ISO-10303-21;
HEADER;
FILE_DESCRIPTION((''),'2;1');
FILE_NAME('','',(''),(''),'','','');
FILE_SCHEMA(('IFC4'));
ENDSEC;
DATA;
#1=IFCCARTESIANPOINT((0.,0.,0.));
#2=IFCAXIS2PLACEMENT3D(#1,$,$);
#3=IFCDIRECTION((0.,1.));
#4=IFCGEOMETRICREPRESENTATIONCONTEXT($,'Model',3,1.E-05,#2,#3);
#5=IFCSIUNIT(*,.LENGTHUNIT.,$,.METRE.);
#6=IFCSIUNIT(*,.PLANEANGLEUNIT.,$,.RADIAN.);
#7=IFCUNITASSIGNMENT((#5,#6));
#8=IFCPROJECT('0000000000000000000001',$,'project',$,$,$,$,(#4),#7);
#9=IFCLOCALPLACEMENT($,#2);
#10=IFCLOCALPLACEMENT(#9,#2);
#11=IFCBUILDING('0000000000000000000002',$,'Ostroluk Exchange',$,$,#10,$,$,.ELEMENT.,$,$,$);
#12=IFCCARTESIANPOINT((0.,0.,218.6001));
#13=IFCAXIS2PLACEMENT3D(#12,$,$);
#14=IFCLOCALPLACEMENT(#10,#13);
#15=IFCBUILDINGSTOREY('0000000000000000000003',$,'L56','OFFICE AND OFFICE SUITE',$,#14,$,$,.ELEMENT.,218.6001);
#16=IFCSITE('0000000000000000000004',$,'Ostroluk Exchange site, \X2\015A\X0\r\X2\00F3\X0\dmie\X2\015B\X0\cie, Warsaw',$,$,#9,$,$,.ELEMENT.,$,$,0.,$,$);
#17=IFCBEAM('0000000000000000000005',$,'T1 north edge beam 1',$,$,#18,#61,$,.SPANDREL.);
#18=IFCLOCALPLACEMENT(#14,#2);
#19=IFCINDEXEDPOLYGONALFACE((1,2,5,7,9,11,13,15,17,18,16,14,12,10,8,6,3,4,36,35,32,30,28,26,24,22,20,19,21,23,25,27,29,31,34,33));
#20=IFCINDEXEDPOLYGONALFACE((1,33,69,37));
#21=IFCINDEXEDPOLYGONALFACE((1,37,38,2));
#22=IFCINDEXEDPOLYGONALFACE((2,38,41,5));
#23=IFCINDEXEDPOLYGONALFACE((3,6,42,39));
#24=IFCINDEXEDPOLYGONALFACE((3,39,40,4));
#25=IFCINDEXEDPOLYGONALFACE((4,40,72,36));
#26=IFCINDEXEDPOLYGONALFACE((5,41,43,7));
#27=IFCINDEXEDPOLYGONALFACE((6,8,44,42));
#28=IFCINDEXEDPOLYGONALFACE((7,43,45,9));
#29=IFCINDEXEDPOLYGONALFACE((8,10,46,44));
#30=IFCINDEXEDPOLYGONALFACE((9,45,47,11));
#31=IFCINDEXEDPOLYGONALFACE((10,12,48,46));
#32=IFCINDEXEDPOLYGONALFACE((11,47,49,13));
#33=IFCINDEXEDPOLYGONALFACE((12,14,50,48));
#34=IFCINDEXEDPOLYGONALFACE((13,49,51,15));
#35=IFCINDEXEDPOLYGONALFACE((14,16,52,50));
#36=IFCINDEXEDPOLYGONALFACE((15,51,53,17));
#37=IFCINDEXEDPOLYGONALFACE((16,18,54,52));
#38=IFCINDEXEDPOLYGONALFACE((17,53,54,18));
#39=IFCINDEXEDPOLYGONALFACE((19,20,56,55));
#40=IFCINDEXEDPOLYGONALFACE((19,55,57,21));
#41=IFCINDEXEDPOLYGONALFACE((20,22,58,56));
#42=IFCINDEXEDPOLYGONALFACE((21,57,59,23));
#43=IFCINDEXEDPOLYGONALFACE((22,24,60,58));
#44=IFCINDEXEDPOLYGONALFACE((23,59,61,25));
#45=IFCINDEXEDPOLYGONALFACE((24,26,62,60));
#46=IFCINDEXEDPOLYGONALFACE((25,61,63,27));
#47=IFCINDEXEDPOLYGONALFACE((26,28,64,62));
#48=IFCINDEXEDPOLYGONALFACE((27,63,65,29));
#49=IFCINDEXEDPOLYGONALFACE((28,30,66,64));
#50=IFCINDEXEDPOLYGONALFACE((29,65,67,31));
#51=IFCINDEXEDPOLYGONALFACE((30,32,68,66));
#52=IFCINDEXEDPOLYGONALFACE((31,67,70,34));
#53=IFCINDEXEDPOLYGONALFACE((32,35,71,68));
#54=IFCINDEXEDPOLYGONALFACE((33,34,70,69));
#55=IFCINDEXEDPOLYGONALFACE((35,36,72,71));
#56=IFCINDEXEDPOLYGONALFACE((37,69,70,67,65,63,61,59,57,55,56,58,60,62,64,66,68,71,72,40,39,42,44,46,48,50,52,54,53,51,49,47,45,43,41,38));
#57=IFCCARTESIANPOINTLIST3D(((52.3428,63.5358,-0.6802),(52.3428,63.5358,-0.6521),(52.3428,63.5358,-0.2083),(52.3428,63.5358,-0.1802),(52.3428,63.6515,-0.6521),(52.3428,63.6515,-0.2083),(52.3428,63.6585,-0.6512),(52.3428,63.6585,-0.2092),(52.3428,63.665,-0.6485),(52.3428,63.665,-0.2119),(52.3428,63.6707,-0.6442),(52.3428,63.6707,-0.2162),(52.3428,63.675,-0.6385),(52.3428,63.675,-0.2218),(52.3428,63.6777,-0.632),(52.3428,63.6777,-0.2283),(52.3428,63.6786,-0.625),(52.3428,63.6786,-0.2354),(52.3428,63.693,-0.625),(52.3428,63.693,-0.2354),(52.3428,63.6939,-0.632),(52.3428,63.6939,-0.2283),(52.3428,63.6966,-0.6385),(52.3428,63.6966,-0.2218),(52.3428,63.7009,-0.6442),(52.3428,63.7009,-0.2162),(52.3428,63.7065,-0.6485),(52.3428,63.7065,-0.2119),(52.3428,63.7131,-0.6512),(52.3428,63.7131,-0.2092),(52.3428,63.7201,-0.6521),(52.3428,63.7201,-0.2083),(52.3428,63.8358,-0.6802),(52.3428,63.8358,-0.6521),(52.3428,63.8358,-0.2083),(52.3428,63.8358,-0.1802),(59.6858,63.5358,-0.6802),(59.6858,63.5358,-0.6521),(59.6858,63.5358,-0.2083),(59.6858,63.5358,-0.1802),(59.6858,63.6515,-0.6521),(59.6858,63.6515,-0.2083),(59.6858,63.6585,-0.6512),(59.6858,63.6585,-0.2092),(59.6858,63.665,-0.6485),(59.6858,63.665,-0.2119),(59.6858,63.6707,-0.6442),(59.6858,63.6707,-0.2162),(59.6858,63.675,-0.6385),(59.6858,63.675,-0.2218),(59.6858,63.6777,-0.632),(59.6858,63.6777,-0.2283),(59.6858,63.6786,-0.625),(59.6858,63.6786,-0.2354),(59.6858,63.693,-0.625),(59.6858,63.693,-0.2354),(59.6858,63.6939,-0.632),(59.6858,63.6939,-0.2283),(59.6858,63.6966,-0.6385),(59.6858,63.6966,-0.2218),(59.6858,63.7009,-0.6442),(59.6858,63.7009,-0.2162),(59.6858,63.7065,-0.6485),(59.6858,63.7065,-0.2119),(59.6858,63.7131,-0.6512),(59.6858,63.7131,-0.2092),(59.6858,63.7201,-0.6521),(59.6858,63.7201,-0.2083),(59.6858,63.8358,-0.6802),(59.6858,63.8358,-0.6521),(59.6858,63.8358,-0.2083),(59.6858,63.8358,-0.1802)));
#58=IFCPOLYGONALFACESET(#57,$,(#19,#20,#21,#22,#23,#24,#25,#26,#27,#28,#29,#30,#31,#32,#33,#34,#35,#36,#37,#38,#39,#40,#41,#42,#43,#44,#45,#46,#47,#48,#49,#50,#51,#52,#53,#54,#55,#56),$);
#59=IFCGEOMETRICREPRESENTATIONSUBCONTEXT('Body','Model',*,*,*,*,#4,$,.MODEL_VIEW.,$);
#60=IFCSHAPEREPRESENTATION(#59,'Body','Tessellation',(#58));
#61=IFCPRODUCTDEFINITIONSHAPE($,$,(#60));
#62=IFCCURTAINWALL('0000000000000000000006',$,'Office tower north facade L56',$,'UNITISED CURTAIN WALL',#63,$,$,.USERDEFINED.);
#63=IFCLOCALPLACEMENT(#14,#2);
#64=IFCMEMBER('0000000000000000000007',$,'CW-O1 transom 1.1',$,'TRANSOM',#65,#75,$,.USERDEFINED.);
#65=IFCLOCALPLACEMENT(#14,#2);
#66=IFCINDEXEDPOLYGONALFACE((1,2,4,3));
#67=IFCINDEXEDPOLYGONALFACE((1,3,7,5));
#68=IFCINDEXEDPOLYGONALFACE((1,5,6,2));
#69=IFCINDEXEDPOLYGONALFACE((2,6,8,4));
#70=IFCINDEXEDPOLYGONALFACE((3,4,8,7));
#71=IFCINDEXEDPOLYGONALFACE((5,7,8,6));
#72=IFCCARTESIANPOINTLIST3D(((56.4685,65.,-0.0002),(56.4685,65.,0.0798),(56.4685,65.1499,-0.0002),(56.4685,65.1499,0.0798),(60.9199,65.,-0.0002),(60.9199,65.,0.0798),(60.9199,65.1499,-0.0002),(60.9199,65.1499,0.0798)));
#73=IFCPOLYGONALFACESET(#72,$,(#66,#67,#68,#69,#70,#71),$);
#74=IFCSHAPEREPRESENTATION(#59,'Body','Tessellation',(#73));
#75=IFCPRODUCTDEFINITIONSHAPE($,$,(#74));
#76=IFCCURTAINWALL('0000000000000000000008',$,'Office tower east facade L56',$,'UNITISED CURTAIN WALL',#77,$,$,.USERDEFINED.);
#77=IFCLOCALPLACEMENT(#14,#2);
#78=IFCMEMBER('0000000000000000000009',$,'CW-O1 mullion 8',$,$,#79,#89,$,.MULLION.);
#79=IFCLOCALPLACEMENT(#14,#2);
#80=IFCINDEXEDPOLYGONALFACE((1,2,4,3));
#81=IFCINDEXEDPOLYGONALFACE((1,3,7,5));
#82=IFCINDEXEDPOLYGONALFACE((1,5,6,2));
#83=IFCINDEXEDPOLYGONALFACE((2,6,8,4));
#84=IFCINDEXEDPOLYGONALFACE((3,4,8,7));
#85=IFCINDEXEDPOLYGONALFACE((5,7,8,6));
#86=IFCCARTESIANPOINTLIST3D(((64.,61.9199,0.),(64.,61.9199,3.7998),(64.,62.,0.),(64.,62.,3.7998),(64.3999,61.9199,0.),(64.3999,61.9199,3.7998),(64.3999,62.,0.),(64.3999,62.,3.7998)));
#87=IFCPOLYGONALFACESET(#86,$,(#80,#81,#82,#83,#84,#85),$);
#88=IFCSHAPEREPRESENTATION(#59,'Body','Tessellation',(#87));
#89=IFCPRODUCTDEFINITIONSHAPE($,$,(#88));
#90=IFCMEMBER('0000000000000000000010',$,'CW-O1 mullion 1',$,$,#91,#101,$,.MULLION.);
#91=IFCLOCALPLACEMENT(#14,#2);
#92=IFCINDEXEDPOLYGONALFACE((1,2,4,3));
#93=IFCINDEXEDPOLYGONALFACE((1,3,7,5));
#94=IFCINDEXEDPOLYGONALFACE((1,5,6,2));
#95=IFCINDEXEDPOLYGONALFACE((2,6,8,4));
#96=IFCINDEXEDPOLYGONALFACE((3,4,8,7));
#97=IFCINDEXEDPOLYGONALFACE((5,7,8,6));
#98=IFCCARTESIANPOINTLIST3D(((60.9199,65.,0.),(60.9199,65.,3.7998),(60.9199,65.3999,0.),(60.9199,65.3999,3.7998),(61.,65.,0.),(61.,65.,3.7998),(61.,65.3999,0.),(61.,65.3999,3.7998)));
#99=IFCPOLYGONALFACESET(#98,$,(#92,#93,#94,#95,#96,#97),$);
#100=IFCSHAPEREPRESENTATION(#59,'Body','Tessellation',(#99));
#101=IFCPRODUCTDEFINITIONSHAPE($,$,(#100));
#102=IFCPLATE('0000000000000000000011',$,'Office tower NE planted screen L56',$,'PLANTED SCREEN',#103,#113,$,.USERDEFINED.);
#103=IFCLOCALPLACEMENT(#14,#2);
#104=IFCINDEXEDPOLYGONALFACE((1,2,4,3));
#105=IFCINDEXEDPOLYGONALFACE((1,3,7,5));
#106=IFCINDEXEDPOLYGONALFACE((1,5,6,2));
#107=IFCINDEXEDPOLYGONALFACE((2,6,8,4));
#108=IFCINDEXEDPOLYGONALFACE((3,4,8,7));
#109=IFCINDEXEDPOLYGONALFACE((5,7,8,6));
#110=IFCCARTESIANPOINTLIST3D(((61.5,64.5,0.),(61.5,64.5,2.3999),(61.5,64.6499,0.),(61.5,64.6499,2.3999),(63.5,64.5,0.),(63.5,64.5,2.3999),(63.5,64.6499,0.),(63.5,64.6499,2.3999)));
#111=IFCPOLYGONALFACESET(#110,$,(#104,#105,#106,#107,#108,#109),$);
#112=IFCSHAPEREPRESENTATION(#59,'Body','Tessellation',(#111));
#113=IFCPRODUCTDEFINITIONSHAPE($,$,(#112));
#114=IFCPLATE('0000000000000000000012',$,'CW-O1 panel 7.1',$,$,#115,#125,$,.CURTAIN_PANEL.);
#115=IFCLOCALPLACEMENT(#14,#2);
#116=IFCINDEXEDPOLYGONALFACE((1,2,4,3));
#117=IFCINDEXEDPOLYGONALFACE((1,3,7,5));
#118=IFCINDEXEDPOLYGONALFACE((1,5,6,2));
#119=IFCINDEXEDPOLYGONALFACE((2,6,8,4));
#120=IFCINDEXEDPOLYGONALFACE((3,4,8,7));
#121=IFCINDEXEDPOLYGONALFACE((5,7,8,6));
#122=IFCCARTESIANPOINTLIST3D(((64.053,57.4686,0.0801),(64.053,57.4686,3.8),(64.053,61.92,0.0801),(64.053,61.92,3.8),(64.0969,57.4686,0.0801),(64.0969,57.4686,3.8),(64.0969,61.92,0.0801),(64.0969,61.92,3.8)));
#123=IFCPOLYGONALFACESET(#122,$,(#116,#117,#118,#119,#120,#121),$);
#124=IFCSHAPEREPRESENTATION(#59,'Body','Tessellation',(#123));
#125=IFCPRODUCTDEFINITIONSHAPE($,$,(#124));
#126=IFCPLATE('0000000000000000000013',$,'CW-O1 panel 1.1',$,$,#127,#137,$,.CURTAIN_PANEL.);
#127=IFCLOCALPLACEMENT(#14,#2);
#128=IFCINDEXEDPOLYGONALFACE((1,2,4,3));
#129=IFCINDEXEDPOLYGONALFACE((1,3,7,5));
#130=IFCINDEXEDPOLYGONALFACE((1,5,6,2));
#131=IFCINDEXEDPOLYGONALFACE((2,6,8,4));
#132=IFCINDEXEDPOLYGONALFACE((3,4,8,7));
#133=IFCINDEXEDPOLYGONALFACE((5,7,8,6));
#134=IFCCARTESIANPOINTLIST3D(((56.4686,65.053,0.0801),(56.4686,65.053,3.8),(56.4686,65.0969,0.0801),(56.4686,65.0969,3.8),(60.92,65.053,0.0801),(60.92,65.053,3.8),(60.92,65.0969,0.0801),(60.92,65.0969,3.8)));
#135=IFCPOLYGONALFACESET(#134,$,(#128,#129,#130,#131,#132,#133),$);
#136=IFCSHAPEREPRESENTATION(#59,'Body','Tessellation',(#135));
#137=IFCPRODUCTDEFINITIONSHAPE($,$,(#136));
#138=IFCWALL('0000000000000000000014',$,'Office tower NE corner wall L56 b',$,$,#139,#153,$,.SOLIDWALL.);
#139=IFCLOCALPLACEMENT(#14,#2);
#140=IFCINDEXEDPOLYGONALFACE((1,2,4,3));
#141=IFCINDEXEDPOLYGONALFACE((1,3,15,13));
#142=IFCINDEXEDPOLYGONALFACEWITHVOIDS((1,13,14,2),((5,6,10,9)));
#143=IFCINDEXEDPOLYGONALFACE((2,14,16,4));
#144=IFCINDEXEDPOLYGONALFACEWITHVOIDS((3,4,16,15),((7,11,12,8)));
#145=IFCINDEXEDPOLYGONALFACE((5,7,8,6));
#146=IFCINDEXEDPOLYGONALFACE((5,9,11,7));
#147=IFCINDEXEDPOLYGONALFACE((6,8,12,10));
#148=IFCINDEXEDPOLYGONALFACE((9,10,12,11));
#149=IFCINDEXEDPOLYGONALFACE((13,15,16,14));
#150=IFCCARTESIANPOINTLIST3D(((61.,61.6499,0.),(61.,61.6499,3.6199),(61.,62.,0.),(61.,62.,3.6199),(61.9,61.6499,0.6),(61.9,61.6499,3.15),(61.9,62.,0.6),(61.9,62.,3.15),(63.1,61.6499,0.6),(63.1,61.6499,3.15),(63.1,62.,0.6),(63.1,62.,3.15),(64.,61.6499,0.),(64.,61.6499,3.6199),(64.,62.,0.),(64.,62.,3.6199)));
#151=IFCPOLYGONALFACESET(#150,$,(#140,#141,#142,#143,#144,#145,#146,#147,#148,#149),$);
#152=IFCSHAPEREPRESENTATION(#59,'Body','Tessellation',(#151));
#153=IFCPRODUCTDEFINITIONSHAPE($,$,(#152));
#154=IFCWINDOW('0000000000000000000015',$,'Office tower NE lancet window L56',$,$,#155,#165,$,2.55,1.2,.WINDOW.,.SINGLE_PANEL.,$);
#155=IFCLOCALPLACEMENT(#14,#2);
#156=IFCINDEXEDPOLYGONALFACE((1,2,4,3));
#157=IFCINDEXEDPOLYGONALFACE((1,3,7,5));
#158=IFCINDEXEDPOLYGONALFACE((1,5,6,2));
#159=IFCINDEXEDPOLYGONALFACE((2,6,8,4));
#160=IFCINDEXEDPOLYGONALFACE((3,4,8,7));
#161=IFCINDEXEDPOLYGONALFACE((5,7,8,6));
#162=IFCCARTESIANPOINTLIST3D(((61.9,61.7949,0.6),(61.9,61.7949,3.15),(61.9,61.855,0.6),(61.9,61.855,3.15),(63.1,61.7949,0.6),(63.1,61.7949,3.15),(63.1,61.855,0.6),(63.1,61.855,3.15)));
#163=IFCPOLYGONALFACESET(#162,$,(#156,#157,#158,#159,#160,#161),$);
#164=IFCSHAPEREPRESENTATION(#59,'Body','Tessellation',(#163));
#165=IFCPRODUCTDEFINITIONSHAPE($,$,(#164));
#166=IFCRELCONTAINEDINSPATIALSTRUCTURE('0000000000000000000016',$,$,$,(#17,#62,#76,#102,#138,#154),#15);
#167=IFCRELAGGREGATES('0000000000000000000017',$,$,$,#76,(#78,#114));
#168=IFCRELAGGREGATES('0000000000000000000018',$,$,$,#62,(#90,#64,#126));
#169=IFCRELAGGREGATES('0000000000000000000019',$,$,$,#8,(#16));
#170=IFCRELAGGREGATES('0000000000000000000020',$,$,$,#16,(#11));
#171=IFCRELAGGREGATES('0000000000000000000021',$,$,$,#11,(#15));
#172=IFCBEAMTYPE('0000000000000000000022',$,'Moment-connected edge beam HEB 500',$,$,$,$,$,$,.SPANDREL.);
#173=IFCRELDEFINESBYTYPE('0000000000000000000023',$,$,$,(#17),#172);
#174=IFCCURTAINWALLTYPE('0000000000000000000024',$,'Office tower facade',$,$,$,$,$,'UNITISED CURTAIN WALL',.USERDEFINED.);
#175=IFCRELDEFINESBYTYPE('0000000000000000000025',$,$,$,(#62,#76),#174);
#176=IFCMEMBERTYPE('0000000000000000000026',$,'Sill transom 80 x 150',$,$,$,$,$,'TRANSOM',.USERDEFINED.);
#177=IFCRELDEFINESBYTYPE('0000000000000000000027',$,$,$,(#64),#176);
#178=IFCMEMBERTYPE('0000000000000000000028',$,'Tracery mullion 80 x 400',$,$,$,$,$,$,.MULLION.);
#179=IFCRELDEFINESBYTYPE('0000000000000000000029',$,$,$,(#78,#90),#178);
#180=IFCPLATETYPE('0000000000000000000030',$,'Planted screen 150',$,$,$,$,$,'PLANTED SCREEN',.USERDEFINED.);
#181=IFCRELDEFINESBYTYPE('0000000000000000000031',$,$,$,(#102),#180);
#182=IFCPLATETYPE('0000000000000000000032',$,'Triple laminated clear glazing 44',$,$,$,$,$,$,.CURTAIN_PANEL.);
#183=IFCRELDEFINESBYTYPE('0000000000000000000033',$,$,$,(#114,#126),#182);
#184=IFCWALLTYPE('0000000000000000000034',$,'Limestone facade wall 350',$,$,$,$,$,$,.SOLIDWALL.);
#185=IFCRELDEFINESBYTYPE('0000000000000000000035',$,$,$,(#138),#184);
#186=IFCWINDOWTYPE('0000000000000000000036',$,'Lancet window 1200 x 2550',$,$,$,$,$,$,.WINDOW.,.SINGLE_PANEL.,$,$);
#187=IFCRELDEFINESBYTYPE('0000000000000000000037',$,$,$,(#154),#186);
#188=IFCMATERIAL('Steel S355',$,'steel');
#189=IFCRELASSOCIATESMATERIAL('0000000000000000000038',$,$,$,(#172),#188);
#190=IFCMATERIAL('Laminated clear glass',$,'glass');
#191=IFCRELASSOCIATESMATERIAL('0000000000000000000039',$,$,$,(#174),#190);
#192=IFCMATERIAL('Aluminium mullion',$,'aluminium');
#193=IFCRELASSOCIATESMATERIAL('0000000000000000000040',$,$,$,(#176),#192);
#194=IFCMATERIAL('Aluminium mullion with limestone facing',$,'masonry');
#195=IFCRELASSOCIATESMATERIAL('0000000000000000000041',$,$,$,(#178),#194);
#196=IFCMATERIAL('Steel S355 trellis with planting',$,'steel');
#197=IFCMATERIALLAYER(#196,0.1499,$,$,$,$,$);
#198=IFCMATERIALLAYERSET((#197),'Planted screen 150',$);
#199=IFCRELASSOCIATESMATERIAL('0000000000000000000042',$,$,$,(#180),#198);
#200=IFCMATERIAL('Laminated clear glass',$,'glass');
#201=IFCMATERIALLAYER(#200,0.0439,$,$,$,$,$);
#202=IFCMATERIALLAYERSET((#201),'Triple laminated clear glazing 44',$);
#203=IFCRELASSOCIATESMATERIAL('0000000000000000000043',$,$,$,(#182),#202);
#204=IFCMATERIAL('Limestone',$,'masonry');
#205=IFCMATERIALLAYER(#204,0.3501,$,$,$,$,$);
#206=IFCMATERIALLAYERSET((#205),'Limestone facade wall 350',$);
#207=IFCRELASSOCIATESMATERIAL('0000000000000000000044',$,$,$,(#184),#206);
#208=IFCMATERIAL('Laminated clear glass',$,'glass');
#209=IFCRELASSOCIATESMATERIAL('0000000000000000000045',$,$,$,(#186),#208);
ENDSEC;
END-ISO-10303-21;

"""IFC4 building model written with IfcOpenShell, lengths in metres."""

from ifc_helpers import new_model, si_unit, direction, frame, frame_2d, origin, origin_2d, place, context, subcontext, project, spatial, rectangle, i_section, extrude, material, layer, layer_set, material_profile, profile_set, type_object, element, fill, aggregate, save


model = new_model("IFC4")

# Units and contexts
model_context = context("Model", 3, precision=1e-05, world=origin(), true_north=direction((0.0, 1.0)))
body_context = subcontext(model_context, "Body", "Model", "MODEL_VIEW")
ifc_project = project(units=[si_unit("LENGTHUNIT", "METRE"), si_unit("PLANEANGLEUNIT", "RADIAN")], contexts=[model_context])

# Site, building, storey
site_placement = place(None, origin())
site = spatial("IfcSite", under=ifc_project, at=site_placement, Name="Ostroluk Exchange site, Śródmieście, Warsaw", CompositionType="ELEMENT", RefElevation=0.0)
building_placement = place(site_placement, origin())
building = spatial("IfcBuilding", under=site, at=building_placement, Name="Ostroluk Exchange", CompositionType="ELEMENT")
storey_placement = place(building_placement, frame((0.0, 0.0, 218.6001)))
storey = spatial("IfcBuildingStorey", under=building, at=storey_placement, Name="L56", Description="OFFICE AND OFFICE SUITE", CompositionType="ELEMENT", Elevation=218.6001)

# Beam
ifc_material_1 = material(Name="Steel S355", Category="steel")
ifc_material_profile_1 = material_profile(ifc_material_1, i_section(OverallWidth=0.3, OverallDepth=0.5, WebThickness=0.0144, FlangeThickness=0.0281, FilletRadius=0.0271, at=origin_2d()), Name="HEB 500")
ifc_profile_set_1 = profile_set([ifc_material_profile_1], Name="Steel S355")
beam_type_1 = type_object("IfcBeamType", Name="Moment-connected edge beam HEB 500", PredefinedType="SPANDREL", material=ifc_profile_set_1)
beam_1_placement = place(storey_placement, frame((59.6858, 63.6858, -0.4302), z_axis=(-1.0, 0.0, 0.0), x_axis=(0.0, -1.0, 0.0)))
element("IfcBeam", 1, at=beam_1_placement, inside=storey, type_object=beam_type_1, Name="T1 north edge beam 1", PredefinedType="SPANDREL", context=body_context, shape_type="SweptSolid", body=[
    extrude(i_section(OverallWidth=0.3, OverallDepth=0.5, WebThickness=0.0144, FlangeThickness=0.0281, FilletRadius=0.0271, at=origin_2d()), origin(), (0.0, 0.0, 1.0), 7.343),
])

# Curtain walls, members
ifc_material_2 = material(Name="Laminated clear glass", Category="glass")
curtain_wall_type = type_object("IfcCurtainWallType", Name="Office tower facade", ElementType="UNITISED CURTAIN WALL", PredefinedType="USERDEFINED", material=ifc_material_2)
curtain_wall_1_placement = place(storey_placement, origin())
curtain_wall_1 = element("IfcCurtainWall", 2, at=curtain_wall_1_placement, inside=storey, type_object=curtain_wall_type, Name="Office tower north facade L56", ObjectType="UNITISED CURTAIN WALL", PredefinedType="USERDEFINED")
ifc_material_3 = material(Name="Aluminium mullion", Category="aluminium")
ifc_material_profile_2 = material_profile(ifc_material_3, rectangle(XDim=0.1499, YDim=0.0801, at=origin_2d()), Name="Sill transom 80 x 150")
ifc_profile_set_2 = profile_set([ifc_material_profile_2], Name="Aluminium mullion")
member_type_1 = type_object("IfcMemberType", Name="Sill transom 80 x 150", ElementType="TRANSOM", PredefinedType="USERDEFINED", material=ifc_profile_set_2)
member_1_placement = place(storey_placement, frame((60.9199, 65.075, 0.0398), z_axis=(-1.0, 0.0, 0.0), x_axis=(0.0, -1.0, 0.0)))
member_1 = element("IfcMember", 3, at=member_1_placement, type_object=member_type_1, Name="CW-O1 transom 1.1", ObjectType="TRANSOM", PredefinedType="USERDEFINED", context=body_context, shape_type="SweptSolid", body=[
    extrude(rectangle(XDim=0.1499, YDim=0.0801, at=origin_2d()), origin(), (0.0, 0.0, 1.0), 4.4514),
])
curtain_wall_2_placement = place(storey_placement, origin())
curtain_wall_2 = element("IfcCurtainWall", 4, at=curtain_wall_2_placement, inside=storey, type_object=curtain_wall_type, Name="Office tower east facade L56", ObjectType="UNITISED CURTAIN WALL", PredefinedType="USERDEFINED")
ifc_material_4 = material(Name="Aluminium mullion with limestone facing", Category="masonry")
ifc_material_profile_3 = material_profile(ifc_material_4, rectangle(XDim=0.3999, YDim=0.0801, at=origin_2d()), Name="Tracery mullion 80 x 400")
ifc_profile_set_3 = profile_set([ifc_material_profile_3], Name="Aluminium mullion with limestone facing")
member_type_2 = type_object("IfcMemberType", Name="Tracery mullion 80 x 400", PredefinedType="MULLION", material=ifc_profile_set_3)
member_2_placement = place(storey_placement, frame((64.2, 61.96, 0.0), z_axis=(0.0, 0.0, 1.0), x_axis=(-1.0, 0.0, 0.0)))
member_2 = element("IfcMember", 5, at=member_2_placement, type_object=member_type_2, Name="CW-O1 mullion 8", PredefinedType="MULLION", context=body_context, shape_type="SweptSolid", body=[
    extrude(rectangle(XDim=0.3999, YDim=0.0801, at=origin_2d()), origin(), (0.0, 0.0, 1.0), 3.7998),
])

# Member
member_3_placement = place(storey_placement, frame((60.96, 65.2, 0.0), z_axis=(0.0, 0.0, 1.0), x_axis=(0.0, -1.0, 0.0)))
member_3 = element("IfcMember", 6, at=member_3_placement, type_object=member_type_2, Name="CW-O1 mullion 1", PredefinedType="MULLION", context=body_context, shape_type="SweptSolid", body=[
    extrude(rectangle(XDim=0.3999, YDim=0.0801, at=origin_2d()), origin(), (0.0, 0.0, 1.0), 3.7998),
])

# Plates
ifc_material_5 = material(Name="Steel S355 trellis with planting", Category="steel")
ifc_layer_1 = layer(ifc_material_5, 0.1499)
ifc_layer_set_1 = layer_set([ifc_layer_1], Name="Planted screen 150")
plate_type_1 = type_object("IfcPlateType", Name="Planted screen 150", ElementType="PLANTED SCREEN", PredefinedType="USERDEFINED", material=ifc_layer_set_1)
plate_1_placement = place(storey_placement, frame((62.5, 64.575, 0.0), z_axis=(0.0, 0.0, 1.0), x_axis=(1.0, 0.0, 0.0)))
element("IfcPlate", 7, at=plate_1_placement, inside=storey, type_object=plate_type_1, Name="Office tower NE planted screen L56", ObjectType="PLANTED SCREEN", PredefinedType="USERDEFINED", context=body_context, shape_type="SweptSolid", body=[
    extrude(rectangle(XDim=2.0, YDim=0.1499, at=origin_2d()), origin(), (0.0, 0.0, 1.0), 2.3999),
])
ifc_material_6 = material(Name="Laminated clear glass", Category="glass")
ifc_layer_2 = layer(ifc_material_6, 0.0439)
ifc_layer_set_2 = layer_set([ifc_layer_2], Name="Triple laminated clear glazing 44")
plate_type_2 = type_object("IfcPlateType", Name="Triple laminated clear glazing 44", PredefinedType="CURTAIN_PANEL", material=ifc_layer_set_2)
plate_2_placement = place(storey_placement, frame((64.075, 59.6943, 0.0801), z_axis=(0.0, 0.0, 1.0), x_axis=(0.0, 1.0, 0.0)))
plate_2 = element("IfcPlate", 8, at=plate_2_placement, type_object=plate_type_2, Name="CW-O1 panel 7.1", PredefinedType="CURTAIN_PANEL", context=body_context, shape_type="SweptSolid", body=[
    extrude(rectangle(XDim=4.4514, YDim=0.0439, at=origin_2d()), origin(), (0.0, 0.0, 1.0), 3.72),
])
aggregate(curtain_wall_2, [member_2, plate_2])
plate_3_placement = place(storey_placement, frame((58.6943, 65.075, 0.0801), z_axis=(0.0, 0.0, 1.0), x_axis=(-1.0, 0.0, 0.0)))
plate_3 = element("IfcPlate", 9, at=plate_3_placement, type_object=plate_type_2, Name="CW-O1 panel 1.1", PredefinedType="CURTAIN_PANEL", context=body_context, shape_type="SweptSolid", body=[
    extrude(rectangle(XDim=4.4514, YDim=0.0439, at=origin_2d()), origin(), (0.0, 0.0, 1.0), 3.72),
])
aggregate(curtain_wall_1, [member_3, member_1, plate_3])

# Shared definitions
ifc_material_7 = material(Name="Limestone", Category="masonry")
ifc_layer_3 = layer(ifc_material_7, 0.3501)
ifc_layer_set_3 = layer_set([ifc_layer_3], Name="Limestone facade wall 350")
wall_type_1 = type_object("IfcWallType", Name="Limestone facade wall 350", PredefinedType="SOLIDWALL", material=ifc_layer_set_3)

# Wall, opening, window
wall_1_placement = place(storey_placement, frame((61.0, 61.825, 0.0), z_axis=(0.0, 0.0, 1.0), x_axis=(1.0, 0.0, 0.0)))
wall_1 = element("IfcWall", 10, at=wall_1_placement, inside=storey, type_object=wall_type_1, Name="Office tower NE corner wall L56 b", PredefinedType="SOLIDWALL", context=body_context, shape_type="SweptSolid", body=[
    extrude(rectangle(XDim=3.0, YDim=0.3501, at=frame_2d((1.5, 0.0))), origin(), (0.0, 0.0, 1.0), 3.6199),
])
opening_1_placement = place(wall_1_placement, frame((0.8999, 0.0, 0.6001)))
opening_1 = element("IfcOpeningElement", 11, at=opening_1_placement, cuts=wall_1, PredefinedType="OPENING", context=body_context, shape_type="SweptSolid", body=[
    extrude(rectangle(XDim=1.2, YDim=2.55, at=frame_2d((0.6001, 1.2749))), frame((0.0, 0.1851, 0.0), z_axis=(0.0, -1.0, 0.0), x_axis=(1.0, 0.0, 0.0)), (0.0, 0.0, 1.0), 0.3701),
])
ifc_material_8 = material(Name="Laminated clear glass", Category="glass")
window_type = type_object("IfcWindowType", Name="Lancet window 1200 x 2550", PartitioningType="SINGLE_PANEL", PredefinedType="WINDOW", material=ifc_material_8)
window_placement = place(opening_1_placement, origin())
window = element("IfcWindow", 12, at=window_placement, inside=storey, type_object=window_type, Name="Office tower NE lancet window L56", OverallHeight=2.55, OverallWidth=1.2, PartitioningType="SINGLE_PANEL", PredefinedType="WINDOW", context=body_context, shape_type="SweptSolid", body=[
    extrude(rectangle(XDim=1.2, YDim=2.55, at=frame_2d((0.6001, 1.2749))), frame((0.0, 0.03, 0.0), z_axis=(0.0, -1.0, 0.0), x_axis=(1.0, 0.0, 0.0)), (0.0, 0.0, 1.0), 0.0601),
])
fill(opening_1, window)

save(model, "model.ifc")
